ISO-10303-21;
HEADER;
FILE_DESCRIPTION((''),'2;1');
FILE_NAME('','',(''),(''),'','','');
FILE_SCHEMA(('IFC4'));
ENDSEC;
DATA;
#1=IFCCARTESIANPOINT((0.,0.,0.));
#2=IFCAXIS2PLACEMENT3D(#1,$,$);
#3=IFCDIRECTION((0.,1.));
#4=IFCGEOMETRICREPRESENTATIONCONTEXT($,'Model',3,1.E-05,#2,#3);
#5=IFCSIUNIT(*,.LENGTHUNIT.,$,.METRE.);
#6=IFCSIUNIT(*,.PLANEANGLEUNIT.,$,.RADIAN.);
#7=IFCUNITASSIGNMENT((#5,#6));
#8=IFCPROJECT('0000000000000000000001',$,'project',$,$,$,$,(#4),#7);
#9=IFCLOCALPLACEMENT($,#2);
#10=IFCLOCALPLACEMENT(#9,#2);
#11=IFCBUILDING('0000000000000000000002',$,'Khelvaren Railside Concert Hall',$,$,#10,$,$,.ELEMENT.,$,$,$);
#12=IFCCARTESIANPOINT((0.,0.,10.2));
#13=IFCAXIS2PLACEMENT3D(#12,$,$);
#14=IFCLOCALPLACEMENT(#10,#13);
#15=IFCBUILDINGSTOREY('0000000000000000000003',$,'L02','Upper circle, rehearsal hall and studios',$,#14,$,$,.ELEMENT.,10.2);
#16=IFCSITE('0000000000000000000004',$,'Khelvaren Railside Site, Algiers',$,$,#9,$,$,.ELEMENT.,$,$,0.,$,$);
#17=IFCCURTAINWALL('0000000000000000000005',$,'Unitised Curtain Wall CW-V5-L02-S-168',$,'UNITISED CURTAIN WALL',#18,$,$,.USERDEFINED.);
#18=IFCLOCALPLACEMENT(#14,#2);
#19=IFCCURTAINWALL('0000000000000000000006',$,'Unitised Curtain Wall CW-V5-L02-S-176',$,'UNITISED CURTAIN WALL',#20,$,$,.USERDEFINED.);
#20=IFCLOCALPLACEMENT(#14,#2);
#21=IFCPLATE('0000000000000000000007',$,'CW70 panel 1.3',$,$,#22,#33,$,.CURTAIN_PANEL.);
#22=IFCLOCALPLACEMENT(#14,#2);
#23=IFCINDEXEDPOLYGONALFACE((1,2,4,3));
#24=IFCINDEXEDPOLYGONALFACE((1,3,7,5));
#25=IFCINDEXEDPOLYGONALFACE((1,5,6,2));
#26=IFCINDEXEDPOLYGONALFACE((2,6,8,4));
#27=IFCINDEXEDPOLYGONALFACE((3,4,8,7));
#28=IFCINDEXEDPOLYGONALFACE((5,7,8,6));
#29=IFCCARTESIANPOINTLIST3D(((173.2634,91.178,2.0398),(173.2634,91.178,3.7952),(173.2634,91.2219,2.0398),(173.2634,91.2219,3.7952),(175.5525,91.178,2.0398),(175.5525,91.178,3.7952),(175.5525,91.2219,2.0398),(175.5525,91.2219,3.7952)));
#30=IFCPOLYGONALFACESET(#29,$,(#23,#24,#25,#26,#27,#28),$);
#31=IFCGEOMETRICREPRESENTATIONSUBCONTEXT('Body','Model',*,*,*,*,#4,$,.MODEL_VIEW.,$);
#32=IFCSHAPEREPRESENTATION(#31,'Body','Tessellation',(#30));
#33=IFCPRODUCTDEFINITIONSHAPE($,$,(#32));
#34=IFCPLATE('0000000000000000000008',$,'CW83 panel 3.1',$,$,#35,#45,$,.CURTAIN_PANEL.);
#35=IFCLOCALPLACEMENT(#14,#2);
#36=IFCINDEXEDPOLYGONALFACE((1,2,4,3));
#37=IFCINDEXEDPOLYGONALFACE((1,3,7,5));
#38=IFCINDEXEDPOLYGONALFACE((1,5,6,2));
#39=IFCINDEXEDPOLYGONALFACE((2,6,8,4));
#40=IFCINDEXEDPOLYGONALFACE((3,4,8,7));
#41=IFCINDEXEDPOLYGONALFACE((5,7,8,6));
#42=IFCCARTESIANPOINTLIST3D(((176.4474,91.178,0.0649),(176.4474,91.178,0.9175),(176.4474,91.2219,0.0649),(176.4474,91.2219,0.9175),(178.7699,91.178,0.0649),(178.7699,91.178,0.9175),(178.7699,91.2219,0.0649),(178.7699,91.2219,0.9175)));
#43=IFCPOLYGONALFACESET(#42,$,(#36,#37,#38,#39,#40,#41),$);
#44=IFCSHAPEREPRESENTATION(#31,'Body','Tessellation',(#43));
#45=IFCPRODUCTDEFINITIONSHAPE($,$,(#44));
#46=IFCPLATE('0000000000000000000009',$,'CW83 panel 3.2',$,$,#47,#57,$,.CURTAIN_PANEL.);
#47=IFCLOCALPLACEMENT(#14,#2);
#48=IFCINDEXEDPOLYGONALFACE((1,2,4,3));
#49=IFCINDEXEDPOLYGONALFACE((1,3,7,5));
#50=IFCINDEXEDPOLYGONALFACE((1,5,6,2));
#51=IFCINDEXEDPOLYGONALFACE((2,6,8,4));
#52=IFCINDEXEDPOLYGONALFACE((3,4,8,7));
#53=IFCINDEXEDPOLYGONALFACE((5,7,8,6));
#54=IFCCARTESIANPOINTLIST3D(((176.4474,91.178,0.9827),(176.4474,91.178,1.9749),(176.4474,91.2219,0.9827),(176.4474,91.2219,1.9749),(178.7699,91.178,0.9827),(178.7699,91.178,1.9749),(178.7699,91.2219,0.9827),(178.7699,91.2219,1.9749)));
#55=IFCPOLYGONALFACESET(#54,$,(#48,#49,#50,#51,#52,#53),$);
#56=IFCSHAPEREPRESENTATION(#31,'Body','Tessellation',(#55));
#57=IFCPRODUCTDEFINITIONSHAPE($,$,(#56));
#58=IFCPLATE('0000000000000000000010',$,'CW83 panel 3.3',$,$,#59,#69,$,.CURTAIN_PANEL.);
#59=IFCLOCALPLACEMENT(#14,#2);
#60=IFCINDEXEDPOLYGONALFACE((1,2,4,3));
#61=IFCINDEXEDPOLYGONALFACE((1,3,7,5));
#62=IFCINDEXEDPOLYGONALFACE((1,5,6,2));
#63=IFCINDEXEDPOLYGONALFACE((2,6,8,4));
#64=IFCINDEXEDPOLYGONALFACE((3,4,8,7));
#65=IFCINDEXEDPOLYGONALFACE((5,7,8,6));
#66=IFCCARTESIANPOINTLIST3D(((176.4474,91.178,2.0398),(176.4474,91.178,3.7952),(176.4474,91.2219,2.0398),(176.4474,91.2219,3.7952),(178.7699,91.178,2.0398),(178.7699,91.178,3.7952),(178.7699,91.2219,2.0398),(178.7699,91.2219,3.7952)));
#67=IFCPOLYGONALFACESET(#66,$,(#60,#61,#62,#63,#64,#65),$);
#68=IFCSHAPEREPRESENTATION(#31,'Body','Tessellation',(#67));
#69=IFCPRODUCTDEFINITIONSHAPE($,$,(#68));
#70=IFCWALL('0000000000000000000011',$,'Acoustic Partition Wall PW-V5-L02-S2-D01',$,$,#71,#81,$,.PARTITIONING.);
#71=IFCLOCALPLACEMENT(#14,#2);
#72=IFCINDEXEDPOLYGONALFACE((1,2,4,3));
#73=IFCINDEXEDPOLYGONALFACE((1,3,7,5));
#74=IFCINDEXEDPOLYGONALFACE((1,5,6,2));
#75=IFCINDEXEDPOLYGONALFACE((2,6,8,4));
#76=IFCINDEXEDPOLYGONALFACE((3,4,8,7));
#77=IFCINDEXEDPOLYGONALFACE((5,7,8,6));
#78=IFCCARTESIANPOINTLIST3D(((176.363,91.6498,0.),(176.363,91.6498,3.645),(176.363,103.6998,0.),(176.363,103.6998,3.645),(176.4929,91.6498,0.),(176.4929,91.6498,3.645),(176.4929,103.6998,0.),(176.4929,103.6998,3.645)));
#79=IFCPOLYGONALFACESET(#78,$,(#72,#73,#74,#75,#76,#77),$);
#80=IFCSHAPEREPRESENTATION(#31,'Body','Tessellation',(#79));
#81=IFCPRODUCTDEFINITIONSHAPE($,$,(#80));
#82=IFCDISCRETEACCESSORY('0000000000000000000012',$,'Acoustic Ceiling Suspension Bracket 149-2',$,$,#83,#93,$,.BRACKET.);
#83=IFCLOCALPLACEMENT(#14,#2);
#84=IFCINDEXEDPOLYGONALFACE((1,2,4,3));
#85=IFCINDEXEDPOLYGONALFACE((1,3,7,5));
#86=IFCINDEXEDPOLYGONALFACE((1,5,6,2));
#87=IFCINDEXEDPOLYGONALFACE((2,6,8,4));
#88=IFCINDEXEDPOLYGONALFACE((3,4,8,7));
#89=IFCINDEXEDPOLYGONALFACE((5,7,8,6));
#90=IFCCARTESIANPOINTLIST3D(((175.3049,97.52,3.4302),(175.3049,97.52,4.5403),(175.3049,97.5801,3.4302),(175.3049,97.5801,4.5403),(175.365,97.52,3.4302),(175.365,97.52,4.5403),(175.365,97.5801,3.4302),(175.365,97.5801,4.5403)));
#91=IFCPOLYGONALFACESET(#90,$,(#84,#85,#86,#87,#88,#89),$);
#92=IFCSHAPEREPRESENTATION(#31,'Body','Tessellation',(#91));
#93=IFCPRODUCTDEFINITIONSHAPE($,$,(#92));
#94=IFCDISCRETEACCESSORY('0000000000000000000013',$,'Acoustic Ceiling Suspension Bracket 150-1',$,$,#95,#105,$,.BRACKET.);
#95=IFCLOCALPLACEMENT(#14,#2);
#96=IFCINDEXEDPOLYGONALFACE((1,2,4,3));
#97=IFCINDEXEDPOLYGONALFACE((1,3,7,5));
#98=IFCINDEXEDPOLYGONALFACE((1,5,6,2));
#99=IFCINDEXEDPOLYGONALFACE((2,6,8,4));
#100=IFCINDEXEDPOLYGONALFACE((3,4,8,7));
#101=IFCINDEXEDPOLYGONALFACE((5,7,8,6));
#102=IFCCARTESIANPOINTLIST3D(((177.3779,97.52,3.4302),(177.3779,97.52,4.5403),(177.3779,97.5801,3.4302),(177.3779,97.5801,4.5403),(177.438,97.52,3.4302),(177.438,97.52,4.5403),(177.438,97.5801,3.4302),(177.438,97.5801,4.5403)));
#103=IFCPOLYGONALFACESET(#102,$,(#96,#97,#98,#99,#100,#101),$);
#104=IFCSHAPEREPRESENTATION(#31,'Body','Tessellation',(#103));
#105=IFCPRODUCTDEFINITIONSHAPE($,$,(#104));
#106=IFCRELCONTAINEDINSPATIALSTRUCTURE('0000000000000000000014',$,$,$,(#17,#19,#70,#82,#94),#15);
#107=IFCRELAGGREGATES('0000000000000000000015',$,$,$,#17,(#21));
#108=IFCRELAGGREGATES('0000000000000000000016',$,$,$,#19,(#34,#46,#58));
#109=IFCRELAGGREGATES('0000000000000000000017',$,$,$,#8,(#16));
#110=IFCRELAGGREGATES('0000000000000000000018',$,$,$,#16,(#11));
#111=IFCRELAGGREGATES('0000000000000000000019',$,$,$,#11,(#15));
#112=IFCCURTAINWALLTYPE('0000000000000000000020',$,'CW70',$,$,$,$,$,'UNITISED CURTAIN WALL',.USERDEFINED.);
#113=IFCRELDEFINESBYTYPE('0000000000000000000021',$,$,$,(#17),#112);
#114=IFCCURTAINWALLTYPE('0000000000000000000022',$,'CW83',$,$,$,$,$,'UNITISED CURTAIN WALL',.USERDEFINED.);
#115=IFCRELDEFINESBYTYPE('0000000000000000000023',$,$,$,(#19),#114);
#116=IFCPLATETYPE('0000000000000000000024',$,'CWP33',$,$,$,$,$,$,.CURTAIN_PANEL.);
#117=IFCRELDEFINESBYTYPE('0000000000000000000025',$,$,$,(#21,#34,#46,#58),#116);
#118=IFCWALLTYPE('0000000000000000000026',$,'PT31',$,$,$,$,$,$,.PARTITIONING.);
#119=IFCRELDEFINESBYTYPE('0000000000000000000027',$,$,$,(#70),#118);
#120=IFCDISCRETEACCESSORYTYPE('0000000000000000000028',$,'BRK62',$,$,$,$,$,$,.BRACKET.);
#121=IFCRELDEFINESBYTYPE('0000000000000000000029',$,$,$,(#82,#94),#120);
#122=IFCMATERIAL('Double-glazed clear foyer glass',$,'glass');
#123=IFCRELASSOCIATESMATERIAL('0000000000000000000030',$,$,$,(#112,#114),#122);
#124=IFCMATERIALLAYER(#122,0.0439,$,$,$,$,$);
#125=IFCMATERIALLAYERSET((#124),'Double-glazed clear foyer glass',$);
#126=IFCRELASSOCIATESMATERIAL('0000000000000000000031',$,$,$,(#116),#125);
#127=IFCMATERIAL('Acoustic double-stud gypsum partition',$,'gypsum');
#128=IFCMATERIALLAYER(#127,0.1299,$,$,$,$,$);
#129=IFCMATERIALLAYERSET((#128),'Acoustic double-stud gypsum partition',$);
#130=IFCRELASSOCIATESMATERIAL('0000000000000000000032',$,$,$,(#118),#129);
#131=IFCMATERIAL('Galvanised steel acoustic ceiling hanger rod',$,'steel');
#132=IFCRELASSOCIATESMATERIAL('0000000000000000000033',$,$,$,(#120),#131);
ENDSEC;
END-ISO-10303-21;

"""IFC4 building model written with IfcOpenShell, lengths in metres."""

from ifc_helpers import new_model, si_unit, direction, frame, frame_2d, origin, origin_2d, place, context, subcontext, project, spatial, rectangle, extrude, material, layer, layer_set, type_object, element, aggregate, save


model = new_model("IFC4")

# Units and contexts
model_context = context("Model", 3, precision=1e-05, world=origin(), true_north=direction((0.0, 1.0)))
body_context = subcontext(model_context, "Body", "Model", "MODEL_VIEW")
ifc_project = project(units=[si_unit("LENGTHUNIT", "METRE"), si_unit("PLANEANGLEUNIT", "RADIAN")], contexts=[model_context])

# Site, building, storey
site_placement = place(None, origin())
site = spatial("IfcSite", under=ifc_project, at=site_placement, Name="Khelvaren Railside Site, Algiers", CompositionType="ELEMENT", RefElevation=0.0)
building_placement = place(site_placement, origin())
building = spatial("IfcBuilding", under=site, at=building_placement, Name="Khelvaren Railside Concert Hall", CompositionType="ELEMENT")
storey_placement = place(building_placement, frame((0.0, 0.0, 10.2)))
storey = spatial("IfcBuildingStorey", under=building, at=storey_placement, Name="L02", Description="Upper circle, rehearsal hall and studios", CompositionType="ELEMENT", Elevation=10.2)

# Curtain walls
ifc_material_1 = material(Name="Double-glazed clear foyer glass", Category="glass")
curtain_wall_type_1 = type_object("IfcCurtainWallType", Name="CW70", ElementType="UNITISED CURTAIN WALL", PredefinedType="USERDEFINED", material=ifc_material_1)
curtain_wall_1_placement = place(storey_placement, origin())
curtain_wall_1 = element("IfcCurtainWall", 1, at=curtain_wall_1_placement, inside=storey, type_object=curtain_wall_type_1, Name="Unitised Curtain Wall CW-V5-L02-S-168", ObjectType="UNITISED CURTAIN WALL", PredefinedType="USERDEFINED")
curtain_wall_type_2 = type_object("IfcCurtainWallType", Name="CW83", ElementType="UNITISED CURTAIN WALL", PredefinedType="USERDEFINED", material=ifc_material_1)
curtain_wall_2_placement = place(storey_placement, origin())
curtain_wall_2 = element("IfcCurtainWall", 2, at=curtain_wall_2_placement, inside=storey, type_object=curtain_wall_type_2, Name="Unitised Curtain Wall CW-V5-L02-S-176", ObjectType="UNITISED CURTAIN WALL", PredefinedType="USERDEFINED")

# Plates
ifc_layer_1 = layer(ifc_material_1, 0.0439)
ifc_layer_set_1 = layer_set([ifc_layer_1], Name="Double-glazed clear foyer glass")
plate_type = type_object("IfcPlateType", Name="CWP33", PredefinedType="CURTAIN_PANEL", material=ifc_layer_set_1)
plate_1_placement = place(storey_placement, frame((174.408, 91.2, 2.0398), z_axis=(0.0, 0.0, 1.0), x_axis=(-1.0, 0.0, 0.0)))
plate_1 = element("IfcPlate", 3, at=plate_1_placement, type_object=plate_type, Name="CW70 panel 1.3", PredefinedType="CURTAIN_PANEL", context=body_context, shape_type="SweptSolid", body=[
    extrude(rectangle(XDim=2.2891, YDim=0.0439, at=origin_2d()), origin(), (0.0, 0.0, 1.0), 1.7554),
])
aggregate(curtain_wall_1, [plate_1])
plate_2_placement = place(storey_placement, frame((177.6086, 91.2, 0.0649), z_axis=(0.0, 0.0, 1.0), x_axis=(-1.0, 0.0, 0.0)))
plate_2 = element("IfcPlate", 4, at=plate_2_placement, type_object=plate_type, Name="CW83 panel 3.1", PredefinedType="CURTAIN_PANEL", context=body_context, shape_type="SweptSolid", body=[
    extrude(rectangle(XDim=2.3225, YDim=0.0439, at=origin_2d()), origin(), (0.0, 0.0, 1.0), 0.8525),
])
plate_3_placement = place(storey_placement, frame((177.6086, 91.2, 0.9827), z_axis=(0.0, 0.0, 1.0), x_axis=(-1.0, 0.0, 0.0)))
plate_3 = element("IfcPlate", 5, at=plate_3_placement, type_object=plate_type, Name="CW83 panel 3.2", PredefinedType="CURTAIN_PANEL", context=body_context, shape_type="SweptSolid", body=[
    extrude(rectangle(XDim=2.3225, YDim=0.0439, at=origin_2d()), origin(), (0.0, 0.0, 1.0), 0.9922),
])
plate_4_placement = place(storey_placement, frame((177.6086, 91.2, 2.0398), z_axis=(0.0, 0.0, 1.0), x_axis=(-1.0, 0.0, 0.0)))
plate_4 = element("IfcPlate", 6, at=plate_4_placement, type_object=plate_type, Name="CW83 panel 3.3", PredefinedType="CURTAIN_PANEL", context=body_context, shape_type="SweptSolid", body=[
    extrude(rectangle(XDim=2.3225, YDim=0.0439, at=origin_2d()), origin(), (0.0, 0.0, 1.0), 1.7554),
])
aggregate(curtain_wall_2, [plate_2, plate_3, plate_4])

# Wall
ifc_material_2 = material(Name="Acoustic double-stud gypsum partition", Category="gypsum")
ifc_layer_2 = layer(ifc_material_2, 0.1299)
ifc_layer_set_2 = layer_set([ifc_layer_2], Name="Acoustic double-stud gypsum partition")
wall_type = type_object("IfcWallType", Name="PT31", PredefinedType="PARTITIONING", material=ifc_layer_set_2)
wall_placement = place(storey_placement, frame((176.428, 91.6499, 0.0), z_axis=(0.0, 0.0, 1.0), x_axis=(0.0, 1.0, 0.0)))
element("IfcWall", 7, at=wall_placement, inside=storey, type_object=wall_type, Name="Acoustic Partition Wall PW-V5-L02-S2-D01", PredefinedType="PARTITIONING", context=body_context, shape_type="SweptSolid", body=[
    extrude(rectangle(XDim=12.05, YDim=0.1299, at=frame_2d((6.0249, 0.0))), origin(), (0.0, 0.0, 1.0), 3.645),
])

# Discrete accessories
ifc_material_3 = material(Name="Galvanised steel acoustic ceiling hanger rod", Category="steel")
discrete_accessory_type = type_object("IfcDiscreteAccessoryType", Name="BRK62", PredefinedType="BRACKET", material=ifc_material_3)
for number, where, z_axis, x_axis, name in (
    (8, (175.335, 97.55, 3.4302), (0.0, 0.0, 1.0), (1.0, 0.0, 0.0), "Acoustic Ceiling Suspension Bracket 149-2"),
    (9, (177.408, 97.55, 3.4302), (0.0, 0.0, 1.0), (1.0, 0.0, 0.0), "Acoustic Ceiling Suspension Bracket 150-1"),
):
    element("IfcDiscreteAccessory", number, at=place(storey_placement, frame(where, z_axis=z_axis, x_axis=x_axis)), inside=storey, type_object=discrete_accessory_type, Name=name, PredefinedType="BRACKET", context=body_context, shape_type="SweptSolid", body=[
        extrude(rectangle(XDim=0.0601, YDim=0.0601, at=origin_2d()), origin(), (0.0, 0.0, 1.0), 1.1101),
    ])

save(model, "model.ifc")
